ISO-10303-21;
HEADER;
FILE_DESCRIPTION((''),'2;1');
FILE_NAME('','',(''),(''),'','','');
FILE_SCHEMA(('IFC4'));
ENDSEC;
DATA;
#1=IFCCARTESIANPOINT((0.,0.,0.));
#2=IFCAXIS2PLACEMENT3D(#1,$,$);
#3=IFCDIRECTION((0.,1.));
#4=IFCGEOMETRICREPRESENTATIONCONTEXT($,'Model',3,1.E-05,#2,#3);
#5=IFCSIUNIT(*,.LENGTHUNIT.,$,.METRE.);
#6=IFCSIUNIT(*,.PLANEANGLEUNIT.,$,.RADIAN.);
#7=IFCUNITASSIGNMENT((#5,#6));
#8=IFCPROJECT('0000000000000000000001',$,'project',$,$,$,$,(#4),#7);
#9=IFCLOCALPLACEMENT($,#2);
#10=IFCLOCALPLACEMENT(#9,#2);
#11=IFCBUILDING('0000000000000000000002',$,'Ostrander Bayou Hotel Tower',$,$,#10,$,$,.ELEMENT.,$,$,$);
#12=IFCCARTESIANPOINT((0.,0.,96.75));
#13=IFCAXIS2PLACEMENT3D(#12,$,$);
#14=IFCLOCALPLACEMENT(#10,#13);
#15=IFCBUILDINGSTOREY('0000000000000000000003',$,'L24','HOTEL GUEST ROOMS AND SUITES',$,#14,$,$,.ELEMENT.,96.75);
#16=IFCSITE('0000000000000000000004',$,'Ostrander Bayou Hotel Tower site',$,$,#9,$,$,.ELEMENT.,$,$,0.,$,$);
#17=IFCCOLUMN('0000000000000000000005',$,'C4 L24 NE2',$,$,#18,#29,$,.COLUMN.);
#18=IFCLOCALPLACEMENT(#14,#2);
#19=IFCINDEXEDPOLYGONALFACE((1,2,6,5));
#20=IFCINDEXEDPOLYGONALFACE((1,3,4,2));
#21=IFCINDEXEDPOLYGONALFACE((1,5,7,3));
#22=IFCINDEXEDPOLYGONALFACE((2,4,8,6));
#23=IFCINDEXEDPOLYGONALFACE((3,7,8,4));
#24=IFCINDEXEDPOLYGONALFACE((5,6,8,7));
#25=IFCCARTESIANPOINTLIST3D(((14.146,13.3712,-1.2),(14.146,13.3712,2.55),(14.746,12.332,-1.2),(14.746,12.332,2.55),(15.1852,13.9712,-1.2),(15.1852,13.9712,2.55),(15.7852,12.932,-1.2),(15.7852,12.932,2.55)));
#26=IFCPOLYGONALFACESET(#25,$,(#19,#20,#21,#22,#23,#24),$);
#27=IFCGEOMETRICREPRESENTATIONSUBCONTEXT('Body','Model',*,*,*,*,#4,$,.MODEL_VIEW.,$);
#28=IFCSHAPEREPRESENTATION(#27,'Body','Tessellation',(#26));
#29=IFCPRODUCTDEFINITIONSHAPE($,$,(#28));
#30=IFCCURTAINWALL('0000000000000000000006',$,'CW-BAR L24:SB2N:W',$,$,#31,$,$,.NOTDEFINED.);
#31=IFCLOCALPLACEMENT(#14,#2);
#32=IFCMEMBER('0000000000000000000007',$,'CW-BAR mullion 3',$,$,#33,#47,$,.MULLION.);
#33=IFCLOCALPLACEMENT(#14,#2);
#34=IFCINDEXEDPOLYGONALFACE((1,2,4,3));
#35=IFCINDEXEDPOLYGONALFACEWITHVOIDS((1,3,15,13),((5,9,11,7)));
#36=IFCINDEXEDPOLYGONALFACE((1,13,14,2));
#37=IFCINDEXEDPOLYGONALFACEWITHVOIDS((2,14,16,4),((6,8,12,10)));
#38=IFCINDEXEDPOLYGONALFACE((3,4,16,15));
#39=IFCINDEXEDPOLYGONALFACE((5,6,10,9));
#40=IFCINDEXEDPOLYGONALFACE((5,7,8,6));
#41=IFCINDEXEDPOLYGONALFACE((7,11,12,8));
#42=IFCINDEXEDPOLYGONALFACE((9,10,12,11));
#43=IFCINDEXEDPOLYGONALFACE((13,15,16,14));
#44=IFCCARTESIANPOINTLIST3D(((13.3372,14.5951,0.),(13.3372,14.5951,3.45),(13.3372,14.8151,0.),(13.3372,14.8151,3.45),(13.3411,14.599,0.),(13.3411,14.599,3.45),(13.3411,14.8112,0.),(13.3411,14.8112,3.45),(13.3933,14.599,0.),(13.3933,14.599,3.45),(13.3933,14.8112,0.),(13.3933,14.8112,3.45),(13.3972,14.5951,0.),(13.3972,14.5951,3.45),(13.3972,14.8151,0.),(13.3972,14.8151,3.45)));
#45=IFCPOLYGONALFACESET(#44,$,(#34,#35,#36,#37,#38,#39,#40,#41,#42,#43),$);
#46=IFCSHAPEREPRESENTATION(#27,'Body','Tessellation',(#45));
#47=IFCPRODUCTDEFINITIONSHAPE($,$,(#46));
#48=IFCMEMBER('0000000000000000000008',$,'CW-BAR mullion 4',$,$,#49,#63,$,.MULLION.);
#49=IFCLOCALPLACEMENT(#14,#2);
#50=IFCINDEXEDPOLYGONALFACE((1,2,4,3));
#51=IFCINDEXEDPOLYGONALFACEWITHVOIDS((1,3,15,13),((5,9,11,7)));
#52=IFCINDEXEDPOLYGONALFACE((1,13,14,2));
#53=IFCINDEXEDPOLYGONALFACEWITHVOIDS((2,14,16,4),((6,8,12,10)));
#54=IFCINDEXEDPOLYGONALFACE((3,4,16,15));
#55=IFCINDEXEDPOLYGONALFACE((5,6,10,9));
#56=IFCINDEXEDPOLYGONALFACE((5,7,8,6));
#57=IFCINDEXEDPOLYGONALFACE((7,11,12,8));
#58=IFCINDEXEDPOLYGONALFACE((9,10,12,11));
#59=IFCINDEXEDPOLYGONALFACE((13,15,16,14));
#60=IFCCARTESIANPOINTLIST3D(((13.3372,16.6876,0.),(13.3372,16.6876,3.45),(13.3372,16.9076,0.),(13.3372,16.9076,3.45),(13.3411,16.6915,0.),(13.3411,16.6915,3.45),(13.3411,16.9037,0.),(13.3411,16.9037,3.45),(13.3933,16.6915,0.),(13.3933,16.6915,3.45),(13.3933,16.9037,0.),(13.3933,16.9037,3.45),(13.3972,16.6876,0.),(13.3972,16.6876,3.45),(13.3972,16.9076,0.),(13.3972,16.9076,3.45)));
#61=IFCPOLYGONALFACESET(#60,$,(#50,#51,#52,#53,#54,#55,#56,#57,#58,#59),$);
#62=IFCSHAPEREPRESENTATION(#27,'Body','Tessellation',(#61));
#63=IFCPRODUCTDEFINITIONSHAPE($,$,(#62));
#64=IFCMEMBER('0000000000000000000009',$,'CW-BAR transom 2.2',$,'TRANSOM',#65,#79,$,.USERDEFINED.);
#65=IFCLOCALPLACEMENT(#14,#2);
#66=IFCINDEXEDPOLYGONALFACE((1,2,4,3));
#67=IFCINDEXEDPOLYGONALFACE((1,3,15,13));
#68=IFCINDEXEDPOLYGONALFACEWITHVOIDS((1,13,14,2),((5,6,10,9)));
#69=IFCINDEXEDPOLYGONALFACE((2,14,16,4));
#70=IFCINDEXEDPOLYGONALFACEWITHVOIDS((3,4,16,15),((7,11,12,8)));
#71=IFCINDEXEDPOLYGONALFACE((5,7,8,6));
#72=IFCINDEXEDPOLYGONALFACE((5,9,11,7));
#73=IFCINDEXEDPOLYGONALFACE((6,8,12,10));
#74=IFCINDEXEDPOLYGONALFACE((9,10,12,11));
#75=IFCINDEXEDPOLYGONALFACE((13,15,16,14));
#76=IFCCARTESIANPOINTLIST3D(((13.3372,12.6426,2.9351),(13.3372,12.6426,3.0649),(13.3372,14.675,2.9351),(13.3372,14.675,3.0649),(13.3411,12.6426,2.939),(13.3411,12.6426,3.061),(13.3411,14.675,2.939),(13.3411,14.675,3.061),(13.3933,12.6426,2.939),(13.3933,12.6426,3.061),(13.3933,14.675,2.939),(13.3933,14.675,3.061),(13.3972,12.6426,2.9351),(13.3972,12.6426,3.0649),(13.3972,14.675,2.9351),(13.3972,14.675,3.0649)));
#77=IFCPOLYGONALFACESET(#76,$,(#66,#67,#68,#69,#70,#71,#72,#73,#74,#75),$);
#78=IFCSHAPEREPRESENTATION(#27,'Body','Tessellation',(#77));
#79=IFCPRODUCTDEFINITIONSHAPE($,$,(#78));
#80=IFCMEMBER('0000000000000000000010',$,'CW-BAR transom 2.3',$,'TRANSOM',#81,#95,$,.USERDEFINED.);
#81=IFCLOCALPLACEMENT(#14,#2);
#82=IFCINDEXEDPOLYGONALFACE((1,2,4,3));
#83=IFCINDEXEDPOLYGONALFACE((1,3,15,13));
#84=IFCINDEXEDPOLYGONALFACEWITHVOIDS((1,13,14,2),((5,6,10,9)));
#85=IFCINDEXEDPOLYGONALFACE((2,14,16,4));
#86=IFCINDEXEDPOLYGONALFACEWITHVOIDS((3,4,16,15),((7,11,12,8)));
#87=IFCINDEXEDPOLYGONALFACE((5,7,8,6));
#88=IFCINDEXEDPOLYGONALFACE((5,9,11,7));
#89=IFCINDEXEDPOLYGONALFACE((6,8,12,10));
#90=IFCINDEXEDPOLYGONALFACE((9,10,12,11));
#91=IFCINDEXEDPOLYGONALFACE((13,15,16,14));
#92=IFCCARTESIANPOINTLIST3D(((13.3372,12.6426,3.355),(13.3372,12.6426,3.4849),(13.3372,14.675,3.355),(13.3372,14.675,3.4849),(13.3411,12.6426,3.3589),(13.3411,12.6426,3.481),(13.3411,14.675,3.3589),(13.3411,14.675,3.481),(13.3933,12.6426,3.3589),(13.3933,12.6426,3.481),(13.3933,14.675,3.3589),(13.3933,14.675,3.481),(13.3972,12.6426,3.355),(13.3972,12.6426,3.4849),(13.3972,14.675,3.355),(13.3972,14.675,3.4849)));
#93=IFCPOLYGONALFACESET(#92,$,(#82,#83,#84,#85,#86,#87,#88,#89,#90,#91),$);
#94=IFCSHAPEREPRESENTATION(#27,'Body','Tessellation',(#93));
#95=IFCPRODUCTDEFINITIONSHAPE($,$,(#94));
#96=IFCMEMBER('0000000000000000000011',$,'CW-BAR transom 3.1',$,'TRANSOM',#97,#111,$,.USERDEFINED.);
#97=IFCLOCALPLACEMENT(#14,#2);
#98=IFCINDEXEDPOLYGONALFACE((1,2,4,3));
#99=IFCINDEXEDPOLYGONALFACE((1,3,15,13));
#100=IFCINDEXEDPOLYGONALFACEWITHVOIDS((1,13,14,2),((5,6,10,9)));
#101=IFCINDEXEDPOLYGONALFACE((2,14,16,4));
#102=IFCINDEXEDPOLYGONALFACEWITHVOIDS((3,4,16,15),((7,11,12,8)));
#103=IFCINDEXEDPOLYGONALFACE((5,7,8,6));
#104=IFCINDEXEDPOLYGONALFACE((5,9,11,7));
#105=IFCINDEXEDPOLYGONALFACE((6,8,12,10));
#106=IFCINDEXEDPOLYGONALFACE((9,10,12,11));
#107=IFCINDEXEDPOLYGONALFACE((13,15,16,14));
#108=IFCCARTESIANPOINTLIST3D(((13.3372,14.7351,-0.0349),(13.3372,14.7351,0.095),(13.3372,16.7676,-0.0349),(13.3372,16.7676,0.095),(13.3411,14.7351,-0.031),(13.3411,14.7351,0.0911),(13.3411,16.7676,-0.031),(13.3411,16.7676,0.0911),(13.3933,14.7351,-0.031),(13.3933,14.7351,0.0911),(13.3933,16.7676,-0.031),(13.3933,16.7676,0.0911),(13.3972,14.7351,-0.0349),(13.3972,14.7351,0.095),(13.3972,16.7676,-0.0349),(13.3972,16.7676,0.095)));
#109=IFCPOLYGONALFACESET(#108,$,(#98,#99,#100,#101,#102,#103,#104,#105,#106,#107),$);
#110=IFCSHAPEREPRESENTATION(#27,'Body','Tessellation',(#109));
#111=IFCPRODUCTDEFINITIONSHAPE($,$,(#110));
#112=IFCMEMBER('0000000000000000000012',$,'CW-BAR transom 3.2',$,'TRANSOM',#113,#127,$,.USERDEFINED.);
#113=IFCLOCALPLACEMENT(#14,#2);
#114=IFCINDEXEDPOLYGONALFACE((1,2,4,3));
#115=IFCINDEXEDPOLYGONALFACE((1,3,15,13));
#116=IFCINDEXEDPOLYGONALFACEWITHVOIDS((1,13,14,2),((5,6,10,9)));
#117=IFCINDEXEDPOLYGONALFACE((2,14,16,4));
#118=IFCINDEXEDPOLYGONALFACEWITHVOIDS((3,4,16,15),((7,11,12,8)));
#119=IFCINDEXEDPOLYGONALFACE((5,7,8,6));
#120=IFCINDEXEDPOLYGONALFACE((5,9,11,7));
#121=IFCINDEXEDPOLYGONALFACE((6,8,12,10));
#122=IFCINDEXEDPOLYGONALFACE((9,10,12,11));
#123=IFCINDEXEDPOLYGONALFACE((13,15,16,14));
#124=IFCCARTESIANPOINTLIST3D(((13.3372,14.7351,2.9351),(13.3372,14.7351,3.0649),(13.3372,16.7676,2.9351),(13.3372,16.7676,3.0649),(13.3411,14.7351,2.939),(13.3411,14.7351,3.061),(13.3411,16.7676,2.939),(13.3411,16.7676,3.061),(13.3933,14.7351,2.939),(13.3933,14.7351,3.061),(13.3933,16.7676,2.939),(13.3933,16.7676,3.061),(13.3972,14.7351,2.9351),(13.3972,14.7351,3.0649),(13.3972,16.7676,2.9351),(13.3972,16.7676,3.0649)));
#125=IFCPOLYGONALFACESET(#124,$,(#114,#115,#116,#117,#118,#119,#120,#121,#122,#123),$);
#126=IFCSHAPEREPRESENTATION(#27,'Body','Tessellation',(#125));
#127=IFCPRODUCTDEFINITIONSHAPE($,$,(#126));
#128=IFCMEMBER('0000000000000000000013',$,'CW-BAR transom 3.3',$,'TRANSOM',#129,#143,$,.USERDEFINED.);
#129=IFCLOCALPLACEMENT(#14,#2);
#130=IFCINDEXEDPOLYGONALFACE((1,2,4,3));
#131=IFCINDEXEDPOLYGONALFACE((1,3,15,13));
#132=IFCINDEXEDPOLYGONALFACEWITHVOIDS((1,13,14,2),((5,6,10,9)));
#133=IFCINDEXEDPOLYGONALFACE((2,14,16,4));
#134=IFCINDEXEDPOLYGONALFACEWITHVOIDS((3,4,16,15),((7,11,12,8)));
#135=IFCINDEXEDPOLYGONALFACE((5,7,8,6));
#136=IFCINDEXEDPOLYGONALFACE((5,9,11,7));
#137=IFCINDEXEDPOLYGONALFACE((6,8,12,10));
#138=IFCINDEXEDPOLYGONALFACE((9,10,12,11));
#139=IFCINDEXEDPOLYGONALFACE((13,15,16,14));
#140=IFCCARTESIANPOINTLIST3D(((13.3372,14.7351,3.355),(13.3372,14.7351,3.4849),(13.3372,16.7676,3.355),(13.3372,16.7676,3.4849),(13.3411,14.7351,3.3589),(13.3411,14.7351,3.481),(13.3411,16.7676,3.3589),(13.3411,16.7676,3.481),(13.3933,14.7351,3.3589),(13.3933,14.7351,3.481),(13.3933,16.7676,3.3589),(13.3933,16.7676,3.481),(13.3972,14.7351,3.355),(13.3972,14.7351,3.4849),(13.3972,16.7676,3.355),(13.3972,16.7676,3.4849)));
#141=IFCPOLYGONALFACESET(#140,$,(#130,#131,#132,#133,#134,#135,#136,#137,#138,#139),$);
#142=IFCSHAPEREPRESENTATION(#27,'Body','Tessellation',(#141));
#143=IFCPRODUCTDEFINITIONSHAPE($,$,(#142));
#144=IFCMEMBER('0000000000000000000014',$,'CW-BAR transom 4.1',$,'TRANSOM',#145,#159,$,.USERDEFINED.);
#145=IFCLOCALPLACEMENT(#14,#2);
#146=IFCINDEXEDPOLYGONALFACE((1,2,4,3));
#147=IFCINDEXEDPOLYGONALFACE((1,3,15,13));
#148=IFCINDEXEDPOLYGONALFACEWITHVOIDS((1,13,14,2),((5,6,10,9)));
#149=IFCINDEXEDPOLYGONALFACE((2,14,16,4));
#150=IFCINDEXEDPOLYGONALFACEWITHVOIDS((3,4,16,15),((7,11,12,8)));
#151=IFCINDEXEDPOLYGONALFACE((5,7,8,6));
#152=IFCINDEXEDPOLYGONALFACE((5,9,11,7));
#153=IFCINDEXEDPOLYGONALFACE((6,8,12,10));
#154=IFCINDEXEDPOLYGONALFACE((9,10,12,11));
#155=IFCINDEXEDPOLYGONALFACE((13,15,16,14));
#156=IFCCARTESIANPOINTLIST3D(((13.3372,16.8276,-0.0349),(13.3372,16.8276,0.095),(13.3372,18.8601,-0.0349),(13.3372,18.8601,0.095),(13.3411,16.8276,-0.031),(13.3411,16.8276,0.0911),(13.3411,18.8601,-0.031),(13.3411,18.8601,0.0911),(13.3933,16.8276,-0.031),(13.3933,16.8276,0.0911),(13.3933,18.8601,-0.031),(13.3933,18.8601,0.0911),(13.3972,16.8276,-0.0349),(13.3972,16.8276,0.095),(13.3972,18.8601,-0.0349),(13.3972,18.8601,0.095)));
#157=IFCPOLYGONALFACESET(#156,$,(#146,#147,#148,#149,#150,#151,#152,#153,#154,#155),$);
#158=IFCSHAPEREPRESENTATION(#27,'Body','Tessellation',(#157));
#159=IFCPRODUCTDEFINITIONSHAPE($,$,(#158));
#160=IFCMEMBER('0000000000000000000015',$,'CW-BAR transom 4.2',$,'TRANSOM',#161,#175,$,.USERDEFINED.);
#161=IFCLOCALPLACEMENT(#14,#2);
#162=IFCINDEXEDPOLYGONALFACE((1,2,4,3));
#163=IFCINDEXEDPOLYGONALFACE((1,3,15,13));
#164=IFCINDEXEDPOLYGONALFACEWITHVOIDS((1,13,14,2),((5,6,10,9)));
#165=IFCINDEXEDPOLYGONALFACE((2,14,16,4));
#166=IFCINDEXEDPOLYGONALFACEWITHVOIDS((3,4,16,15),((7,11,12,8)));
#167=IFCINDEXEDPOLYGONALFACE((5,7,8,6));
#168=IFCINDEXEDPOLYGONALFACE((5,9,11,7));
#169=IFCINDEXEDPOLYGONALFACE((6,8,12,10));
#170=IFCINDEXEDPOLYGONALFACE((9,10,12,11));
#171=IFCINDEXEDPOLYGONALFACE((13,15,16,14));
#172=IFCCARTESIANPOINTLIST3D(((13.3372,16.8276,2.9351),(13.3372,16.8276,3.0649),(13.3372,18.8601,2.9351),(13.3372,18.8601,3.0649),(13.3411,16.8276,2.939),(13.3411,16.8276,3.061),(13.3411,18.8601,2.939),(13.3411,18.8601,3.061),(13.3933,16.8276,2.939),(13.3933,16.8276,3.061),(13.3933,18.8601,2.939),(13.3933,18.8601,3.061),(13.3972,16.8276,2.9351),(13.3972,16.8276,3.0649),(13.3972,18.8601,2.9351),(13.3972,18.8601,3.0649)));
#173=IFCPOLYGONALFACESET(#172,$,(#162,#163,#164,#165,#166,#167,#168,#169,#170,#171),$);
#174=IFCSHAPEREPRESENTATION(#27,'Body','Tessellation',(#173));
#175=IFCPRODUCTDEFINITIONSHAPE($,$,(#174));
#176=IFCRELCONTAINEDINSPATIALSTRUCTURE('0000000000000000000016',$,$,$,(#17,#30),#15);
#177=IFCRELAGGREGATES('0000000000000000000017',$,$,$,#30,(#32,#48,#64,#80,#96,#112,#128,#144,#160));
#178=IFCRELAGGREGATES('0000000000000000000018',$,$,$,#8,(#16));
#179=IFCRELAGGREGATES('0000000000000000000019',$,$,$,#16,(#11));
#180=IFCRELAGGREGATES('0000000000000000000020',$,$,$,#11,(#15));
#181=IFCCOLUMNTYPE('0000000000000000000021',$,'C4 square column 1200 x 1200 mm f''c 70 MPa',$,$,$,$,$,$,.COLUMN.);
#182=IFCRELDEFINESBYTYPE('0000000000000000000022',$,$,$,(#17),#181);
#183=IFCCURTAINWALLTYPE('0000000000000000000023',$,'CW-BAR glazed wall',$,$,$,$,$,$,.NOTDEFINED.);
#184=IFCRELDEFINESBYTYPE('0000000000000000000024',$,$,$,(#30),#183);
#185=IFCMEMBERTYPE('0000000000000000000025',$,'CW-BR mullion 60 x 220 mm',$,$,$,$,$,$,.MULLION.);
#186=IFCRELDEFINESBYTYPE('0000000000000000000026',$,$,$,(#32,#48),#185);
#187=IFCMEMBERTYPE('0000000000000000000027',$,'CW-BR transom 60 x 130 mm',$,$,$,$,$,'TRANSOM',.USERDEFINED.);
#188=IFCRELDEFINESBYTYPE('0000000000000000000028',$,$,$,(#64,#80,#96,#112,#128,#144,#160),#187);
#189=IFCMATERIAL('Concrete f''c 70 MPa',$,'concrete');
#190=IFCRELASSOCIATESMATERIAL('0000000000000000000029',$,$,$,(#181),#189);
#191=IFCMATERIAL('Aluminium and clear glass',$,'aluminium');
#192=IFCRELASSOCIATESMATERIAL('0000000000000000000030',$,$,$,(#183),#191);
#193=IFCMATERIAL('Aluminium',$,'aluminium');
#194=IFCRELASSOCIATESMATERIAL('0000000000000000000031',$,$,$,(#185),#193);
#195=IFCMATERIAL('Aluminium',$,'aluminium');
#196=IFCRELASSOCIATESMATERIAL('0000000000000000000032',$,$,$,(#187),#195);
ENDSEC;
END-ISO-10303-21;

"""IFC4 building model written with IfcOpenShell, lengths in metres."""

from ifc_helpers import new_model, si_unit, direction, frame, origin, origin_2d, place, context, subcontext, project, spatial, rectangle, hollow_rectangle, extrude, material, material_profile, profile_set, type_object, element, aggregate, save


model = new_model("IFC4")

# Units and contexts
model_context = context("Model", 3, precision=1e-05, world=origin(), true_north=direction((0.0, 1.0)))
body_context = subcontext(model_context, "Body", "Model", "MODEL_VIEW")
ifc_project = project(units=[si_unit("LENGTHUNIT", "METRE"), si_unit("PLANEANGLEUNIT", "RADIAN")], contexts=[model_context])

# Site, building, storey
site_placement = place(None, origin())
site = spatial("IfcSite", under=ifc_project, at=site_placement, Name="Ostrander Bayou Hotel Tower site", CompositionType="ELEMENT", RefElevation=0.0)
building_placement = place(site_placement, origin())
building = spatial("IfcBuilding", under=site, at=building_placement, Name="Ostrander Bayou Hotel Tower", CompositionType="ELEMENT")
storey_placement = place(building_placement, frame((0.0, 0.0, 96.75)))
storey = spatial("IfcBuildingStorey", under=building, at=storey_placement, Name="L24", Description="HOTEL GUEST ROOMS AND SUITES", CompositionType="ELEMENT", Elevation=96.75)

# Column
ifc_material_1 = material(Name="Concrete f'c 70 MPa", Category="concrete")
ifc_material_profile_1 = material_profile(ifc_material_1, rectangle(XDim=1.2, YDim=1.2, at=origin_2d()))
ifc_profile_set_1 = profile_set([ifc_material_profile_1], Name="Concrete f'c 70 MPa")
column_type = type_object("IfcColumnType", Name="C4 square column 1200 x 1200 mm f'c 70 MPa", PredefinedType="COLUMN", material=ifc_profile_set_1)
column_placement = place(storey_placement, frame((14.9656, 13.1516, -1.2), z_axis=(0.0, 0.0, 1.0), x_axis=(0.5, -0.866025, 0.0)))
element("IfcColumn", 1, at=column_placement, inside=storey, type_object=column_type, Name="C4 L24 NE2", PredefinedType="COLUMN", context=body_context, shape_type="SweptSolid", body=[
    extrude(rectangle(XDim=1.2, YDim=1.2, at=origin_2d()), origin(), (0.0, 0.0, 1.0), 3.75),
])

# Curtain wall, members
ifc_material_2 = material(Name="Aluminium and clear glass", Category="aluminium")
curtain_wall_type_1 = type_object("IfcCurtainWallType", Name="CW-BAR glazed wall", PredefinedType="NOTDEFINED", material=ifc_material_2)
curtain_wall_1_placement = place(storey_placement, origin())
curtain_wall_1 = element("IfcCurtainWall", 2, at=curtain_wall_1_placement, inside=storey, type_object=curtain_wall_type_1, Name="CW-BAR L24:SB2N:W", PredefinedType="NOTDEFINED")
ifc_material_3 = material(Name="Aluminium", Category="aluminium")
ifc_material_profile_2 = material_profile(ifc_material_3, hollow_rectangle(XDim=0.0601, YDim=0.22, WallThickness=0.0039, at=origin_2d()))
ifc_profile_set_2 = profile_set([ifc_material_profile_2], Name="Aluminium")
member_type_1 = type_object("IfcMemberType", Name="CW-BR mullion 60 x 220 mm", PredefinedType="MULLION", material=ifc_profile_set_2)
member_1_placement = place(storey_placement, frame((13.3672, 14.7051, 0.0), z_axis=(0.0, 0.0, 1.0), x_axis=(-1.0, 0.0, 0.0)))
member_1 = element("IfcMember", 3, at=member_1_placement, type_object=member_type_1, Name="CW-BAR mullion 3", PredefinedType="MULLION", context=body_context, shape_type="SweptSolid", body=[
    extrude(hollow_rectangle(XDim=0.0601, YDim=0.22, WallThickness=0.0039, at=origin_2d()), origin(), (0.0, 0.0, 1.0), 3.45),
])
member_2_placement = place(storey_placement, frame((13.3672, 16.7976, 0.0), z_axis=(0.0, 0.0, 1.0), x_axis=(-1.0, 0.0, 0.0)))
member_2 = element("IfcMember", 4, at=member_2_placement, type_object=member_type_1, Name="CW-BAR mullion 4", PredefinedType="MULLION", context=body_context, shape_type="SweptSolid", body=[
    extrude(hollow_rectangle(XDim=0.0601, YDim=0.22, WallThickness=0.0039, at=origin_2d()), origin(), (0.0, 0.0, 1.0), 3.45),
])
ifc_material_4 = material(Name="Aluminium", Category="aluminium")
ifc_material_profile_3 = material_profile(ifc_material_4, hollow_rectangle(XDim=0.0601, YDim=0.1299, WallThickness=0.0039, at=origin_2d()))
ifc_profile_set_3 = profile_set([ifc_material_profile_3], Name="Aluminium")
member_type_2 = type_object("IfcMemberType", Name="CW-BR transom 60 x 130 mm", ElementType="TRANSOM", PredefinedType="USERDEFINED", material=ifc_profile_set_3)
member_3_placement = place(storey_placement, frame((13.3672, 12.6426, 3.0), z_axis=(0.0, 1.0, 0.0), x_axis=(-1.0, 0.0, 0.0)))
member_3 = element("IfcMember", 5, at=member_3_placement, type_object=member_type_2, Name="CW-BAR transom 2.2", ObjectType="TRANSOM", PredefinedType="USERDEFINED", context=body_context, shape_type="SweptSolid", body=[
    extrude(hollow_rectangle(XDim=0.0601, YDim=0.1299, WallThickness=0.0039, at=origin_2d()), origin(), (0.0, 0.0, 1.0), 2.0325),
])
member_4_placement = place(storey_placement, frame((13.3672, 12.6426, 3.4199), z_axis=(0.0, 1.0, 0.0), x_axis=(-1.0, 0.0, 0.0)))
member_4 = element("IfcMember", 6, at=member_4_placement, type_object=member_type_2, Name="CW-BAR transom 2.3", ObjectType="TRANSOM", PredefinedType="USERDEFINED", context=body_context, shape_type="SweptSolid", body=[
    extrude(hollow_rectangle(XDim=0.0601, YDim=0.1299, WallThickness=0.0039, at=origin_2d()), origin(), (0.0, 0.0, 1.0), 2.0325),
])
member_5_placement = place(storey_placement, frame((13.3672, 14.7351, 0.03), z_axis=(0.0, 1.0, 0.0), x_axis=(-1.0, 0.0, 0.0)))
member_5 = element("IfcMember", 7, at=member_5_placement, type_object=member_type_2, Name="CW-BAR transom 3.1", ObjectType="TRANSOM", PredefinedType="USERDEFINED", context=body_context, shape_type="SweptSolid", body=[
    extrude(hollow_rectangle(XDim=0.0601, YDim=0.1299, WallThickness=0.0039, at=origin_2d()), origin(), (0.0, 0.0, 1.0), 2.0325),
])
member_6_placement = place(storey_placement, frame((13.3672, 14.7351, 3.0), z_axis=(0.0, 1.0, 0.0), x_axis=(-1.0, 0.0, 0.0)))
member_6 = element("IfcMember", 8, at=member_6_placement, type_object=member_type_2, Name="CW-BAR transom 3.2", ObjectType="TRANSOM", PredefinedType="USERDEFINED", context=body_context, shape_type="SweptSolid", body=[
    extrude(hollow_rectangle(XDim=0.0601, YDim=0.1299, WallThickness=0.0039, at=origin_2d()), origin(), (0.0, 0.0, 1.0), 2.0325),
])
member_7_placement = place(storey_placement, frame((13.3672, 14.7351, 3.4199), z_axis=(0.0, 1.0, 0.0), x_axis=(-1.0, 0.0, 0.0)))
member_7 = element("IfcMember", 9, at=member_7_placement, type_object=member_type_2, Name="CW-BAR transom 3.3", ObjectType="TRANSOM", PredefinedType="USERDEFINED", context=body_context, shape_type="SweptSolid", body=[
    extrude(hollow_rectangle(XDim=0.0601, YDim=0.1299, WallThickness=0.0039, at=origin_2d()), origin(), (0.0, 0.0, 1.0), 2.0325),
])
member_8_placement = place(storey_placement, frame((13.3672, 16.8276, 0.03), z_axis=(0.0, 1.0, 0.0), x_axis=(-1.0, 0.0, 0.0)))
member_8 = element("IfcMember", 10, at=member_8_placement, type_object=member_type_2, Name="CW-BAR transom 4.1", ObjectType="TRANSOM", PredefinedType="USERDEFINED", context=body_context, shape_type="SweptSolid", body=[
    extrude(hollow_rectangle(XDim=0.0601, YDim=0.1299, WallThickness=0.0039, at=origin_2d()), origin(), (0.0, 0.0, 1.0), 2.0325),
])
member_9_placement = place(storey_placement, frame((13.3672, 16.8276, 3.0), z_axis=(0.0, 1.0, 0.0), x_axis=(-1.0, 0.0, 0.0)))
member_9 = element("IfcMember", 11, at=member_9_placement, type_object=member_type_2, Name="CW-BAR transom 4.2", ObjectType="TRANSOM", PredefinedType="USERDEFINED", context=body_context, shape_type="SweptSolid", body=[
    extrude(hollow_rectangle(XDim=0.0601, YDim=0.1299, WallThickness=0.0039, at=origin_2d()), origin(), (0.0, 0.0, 1.0), 2.0325),
])

aggregate(curtain_wall_1, [member_1, member_2, member_3, member_4, member_5, member_6, member_7, member_8, member_9])

save(model, "model.ifc")
